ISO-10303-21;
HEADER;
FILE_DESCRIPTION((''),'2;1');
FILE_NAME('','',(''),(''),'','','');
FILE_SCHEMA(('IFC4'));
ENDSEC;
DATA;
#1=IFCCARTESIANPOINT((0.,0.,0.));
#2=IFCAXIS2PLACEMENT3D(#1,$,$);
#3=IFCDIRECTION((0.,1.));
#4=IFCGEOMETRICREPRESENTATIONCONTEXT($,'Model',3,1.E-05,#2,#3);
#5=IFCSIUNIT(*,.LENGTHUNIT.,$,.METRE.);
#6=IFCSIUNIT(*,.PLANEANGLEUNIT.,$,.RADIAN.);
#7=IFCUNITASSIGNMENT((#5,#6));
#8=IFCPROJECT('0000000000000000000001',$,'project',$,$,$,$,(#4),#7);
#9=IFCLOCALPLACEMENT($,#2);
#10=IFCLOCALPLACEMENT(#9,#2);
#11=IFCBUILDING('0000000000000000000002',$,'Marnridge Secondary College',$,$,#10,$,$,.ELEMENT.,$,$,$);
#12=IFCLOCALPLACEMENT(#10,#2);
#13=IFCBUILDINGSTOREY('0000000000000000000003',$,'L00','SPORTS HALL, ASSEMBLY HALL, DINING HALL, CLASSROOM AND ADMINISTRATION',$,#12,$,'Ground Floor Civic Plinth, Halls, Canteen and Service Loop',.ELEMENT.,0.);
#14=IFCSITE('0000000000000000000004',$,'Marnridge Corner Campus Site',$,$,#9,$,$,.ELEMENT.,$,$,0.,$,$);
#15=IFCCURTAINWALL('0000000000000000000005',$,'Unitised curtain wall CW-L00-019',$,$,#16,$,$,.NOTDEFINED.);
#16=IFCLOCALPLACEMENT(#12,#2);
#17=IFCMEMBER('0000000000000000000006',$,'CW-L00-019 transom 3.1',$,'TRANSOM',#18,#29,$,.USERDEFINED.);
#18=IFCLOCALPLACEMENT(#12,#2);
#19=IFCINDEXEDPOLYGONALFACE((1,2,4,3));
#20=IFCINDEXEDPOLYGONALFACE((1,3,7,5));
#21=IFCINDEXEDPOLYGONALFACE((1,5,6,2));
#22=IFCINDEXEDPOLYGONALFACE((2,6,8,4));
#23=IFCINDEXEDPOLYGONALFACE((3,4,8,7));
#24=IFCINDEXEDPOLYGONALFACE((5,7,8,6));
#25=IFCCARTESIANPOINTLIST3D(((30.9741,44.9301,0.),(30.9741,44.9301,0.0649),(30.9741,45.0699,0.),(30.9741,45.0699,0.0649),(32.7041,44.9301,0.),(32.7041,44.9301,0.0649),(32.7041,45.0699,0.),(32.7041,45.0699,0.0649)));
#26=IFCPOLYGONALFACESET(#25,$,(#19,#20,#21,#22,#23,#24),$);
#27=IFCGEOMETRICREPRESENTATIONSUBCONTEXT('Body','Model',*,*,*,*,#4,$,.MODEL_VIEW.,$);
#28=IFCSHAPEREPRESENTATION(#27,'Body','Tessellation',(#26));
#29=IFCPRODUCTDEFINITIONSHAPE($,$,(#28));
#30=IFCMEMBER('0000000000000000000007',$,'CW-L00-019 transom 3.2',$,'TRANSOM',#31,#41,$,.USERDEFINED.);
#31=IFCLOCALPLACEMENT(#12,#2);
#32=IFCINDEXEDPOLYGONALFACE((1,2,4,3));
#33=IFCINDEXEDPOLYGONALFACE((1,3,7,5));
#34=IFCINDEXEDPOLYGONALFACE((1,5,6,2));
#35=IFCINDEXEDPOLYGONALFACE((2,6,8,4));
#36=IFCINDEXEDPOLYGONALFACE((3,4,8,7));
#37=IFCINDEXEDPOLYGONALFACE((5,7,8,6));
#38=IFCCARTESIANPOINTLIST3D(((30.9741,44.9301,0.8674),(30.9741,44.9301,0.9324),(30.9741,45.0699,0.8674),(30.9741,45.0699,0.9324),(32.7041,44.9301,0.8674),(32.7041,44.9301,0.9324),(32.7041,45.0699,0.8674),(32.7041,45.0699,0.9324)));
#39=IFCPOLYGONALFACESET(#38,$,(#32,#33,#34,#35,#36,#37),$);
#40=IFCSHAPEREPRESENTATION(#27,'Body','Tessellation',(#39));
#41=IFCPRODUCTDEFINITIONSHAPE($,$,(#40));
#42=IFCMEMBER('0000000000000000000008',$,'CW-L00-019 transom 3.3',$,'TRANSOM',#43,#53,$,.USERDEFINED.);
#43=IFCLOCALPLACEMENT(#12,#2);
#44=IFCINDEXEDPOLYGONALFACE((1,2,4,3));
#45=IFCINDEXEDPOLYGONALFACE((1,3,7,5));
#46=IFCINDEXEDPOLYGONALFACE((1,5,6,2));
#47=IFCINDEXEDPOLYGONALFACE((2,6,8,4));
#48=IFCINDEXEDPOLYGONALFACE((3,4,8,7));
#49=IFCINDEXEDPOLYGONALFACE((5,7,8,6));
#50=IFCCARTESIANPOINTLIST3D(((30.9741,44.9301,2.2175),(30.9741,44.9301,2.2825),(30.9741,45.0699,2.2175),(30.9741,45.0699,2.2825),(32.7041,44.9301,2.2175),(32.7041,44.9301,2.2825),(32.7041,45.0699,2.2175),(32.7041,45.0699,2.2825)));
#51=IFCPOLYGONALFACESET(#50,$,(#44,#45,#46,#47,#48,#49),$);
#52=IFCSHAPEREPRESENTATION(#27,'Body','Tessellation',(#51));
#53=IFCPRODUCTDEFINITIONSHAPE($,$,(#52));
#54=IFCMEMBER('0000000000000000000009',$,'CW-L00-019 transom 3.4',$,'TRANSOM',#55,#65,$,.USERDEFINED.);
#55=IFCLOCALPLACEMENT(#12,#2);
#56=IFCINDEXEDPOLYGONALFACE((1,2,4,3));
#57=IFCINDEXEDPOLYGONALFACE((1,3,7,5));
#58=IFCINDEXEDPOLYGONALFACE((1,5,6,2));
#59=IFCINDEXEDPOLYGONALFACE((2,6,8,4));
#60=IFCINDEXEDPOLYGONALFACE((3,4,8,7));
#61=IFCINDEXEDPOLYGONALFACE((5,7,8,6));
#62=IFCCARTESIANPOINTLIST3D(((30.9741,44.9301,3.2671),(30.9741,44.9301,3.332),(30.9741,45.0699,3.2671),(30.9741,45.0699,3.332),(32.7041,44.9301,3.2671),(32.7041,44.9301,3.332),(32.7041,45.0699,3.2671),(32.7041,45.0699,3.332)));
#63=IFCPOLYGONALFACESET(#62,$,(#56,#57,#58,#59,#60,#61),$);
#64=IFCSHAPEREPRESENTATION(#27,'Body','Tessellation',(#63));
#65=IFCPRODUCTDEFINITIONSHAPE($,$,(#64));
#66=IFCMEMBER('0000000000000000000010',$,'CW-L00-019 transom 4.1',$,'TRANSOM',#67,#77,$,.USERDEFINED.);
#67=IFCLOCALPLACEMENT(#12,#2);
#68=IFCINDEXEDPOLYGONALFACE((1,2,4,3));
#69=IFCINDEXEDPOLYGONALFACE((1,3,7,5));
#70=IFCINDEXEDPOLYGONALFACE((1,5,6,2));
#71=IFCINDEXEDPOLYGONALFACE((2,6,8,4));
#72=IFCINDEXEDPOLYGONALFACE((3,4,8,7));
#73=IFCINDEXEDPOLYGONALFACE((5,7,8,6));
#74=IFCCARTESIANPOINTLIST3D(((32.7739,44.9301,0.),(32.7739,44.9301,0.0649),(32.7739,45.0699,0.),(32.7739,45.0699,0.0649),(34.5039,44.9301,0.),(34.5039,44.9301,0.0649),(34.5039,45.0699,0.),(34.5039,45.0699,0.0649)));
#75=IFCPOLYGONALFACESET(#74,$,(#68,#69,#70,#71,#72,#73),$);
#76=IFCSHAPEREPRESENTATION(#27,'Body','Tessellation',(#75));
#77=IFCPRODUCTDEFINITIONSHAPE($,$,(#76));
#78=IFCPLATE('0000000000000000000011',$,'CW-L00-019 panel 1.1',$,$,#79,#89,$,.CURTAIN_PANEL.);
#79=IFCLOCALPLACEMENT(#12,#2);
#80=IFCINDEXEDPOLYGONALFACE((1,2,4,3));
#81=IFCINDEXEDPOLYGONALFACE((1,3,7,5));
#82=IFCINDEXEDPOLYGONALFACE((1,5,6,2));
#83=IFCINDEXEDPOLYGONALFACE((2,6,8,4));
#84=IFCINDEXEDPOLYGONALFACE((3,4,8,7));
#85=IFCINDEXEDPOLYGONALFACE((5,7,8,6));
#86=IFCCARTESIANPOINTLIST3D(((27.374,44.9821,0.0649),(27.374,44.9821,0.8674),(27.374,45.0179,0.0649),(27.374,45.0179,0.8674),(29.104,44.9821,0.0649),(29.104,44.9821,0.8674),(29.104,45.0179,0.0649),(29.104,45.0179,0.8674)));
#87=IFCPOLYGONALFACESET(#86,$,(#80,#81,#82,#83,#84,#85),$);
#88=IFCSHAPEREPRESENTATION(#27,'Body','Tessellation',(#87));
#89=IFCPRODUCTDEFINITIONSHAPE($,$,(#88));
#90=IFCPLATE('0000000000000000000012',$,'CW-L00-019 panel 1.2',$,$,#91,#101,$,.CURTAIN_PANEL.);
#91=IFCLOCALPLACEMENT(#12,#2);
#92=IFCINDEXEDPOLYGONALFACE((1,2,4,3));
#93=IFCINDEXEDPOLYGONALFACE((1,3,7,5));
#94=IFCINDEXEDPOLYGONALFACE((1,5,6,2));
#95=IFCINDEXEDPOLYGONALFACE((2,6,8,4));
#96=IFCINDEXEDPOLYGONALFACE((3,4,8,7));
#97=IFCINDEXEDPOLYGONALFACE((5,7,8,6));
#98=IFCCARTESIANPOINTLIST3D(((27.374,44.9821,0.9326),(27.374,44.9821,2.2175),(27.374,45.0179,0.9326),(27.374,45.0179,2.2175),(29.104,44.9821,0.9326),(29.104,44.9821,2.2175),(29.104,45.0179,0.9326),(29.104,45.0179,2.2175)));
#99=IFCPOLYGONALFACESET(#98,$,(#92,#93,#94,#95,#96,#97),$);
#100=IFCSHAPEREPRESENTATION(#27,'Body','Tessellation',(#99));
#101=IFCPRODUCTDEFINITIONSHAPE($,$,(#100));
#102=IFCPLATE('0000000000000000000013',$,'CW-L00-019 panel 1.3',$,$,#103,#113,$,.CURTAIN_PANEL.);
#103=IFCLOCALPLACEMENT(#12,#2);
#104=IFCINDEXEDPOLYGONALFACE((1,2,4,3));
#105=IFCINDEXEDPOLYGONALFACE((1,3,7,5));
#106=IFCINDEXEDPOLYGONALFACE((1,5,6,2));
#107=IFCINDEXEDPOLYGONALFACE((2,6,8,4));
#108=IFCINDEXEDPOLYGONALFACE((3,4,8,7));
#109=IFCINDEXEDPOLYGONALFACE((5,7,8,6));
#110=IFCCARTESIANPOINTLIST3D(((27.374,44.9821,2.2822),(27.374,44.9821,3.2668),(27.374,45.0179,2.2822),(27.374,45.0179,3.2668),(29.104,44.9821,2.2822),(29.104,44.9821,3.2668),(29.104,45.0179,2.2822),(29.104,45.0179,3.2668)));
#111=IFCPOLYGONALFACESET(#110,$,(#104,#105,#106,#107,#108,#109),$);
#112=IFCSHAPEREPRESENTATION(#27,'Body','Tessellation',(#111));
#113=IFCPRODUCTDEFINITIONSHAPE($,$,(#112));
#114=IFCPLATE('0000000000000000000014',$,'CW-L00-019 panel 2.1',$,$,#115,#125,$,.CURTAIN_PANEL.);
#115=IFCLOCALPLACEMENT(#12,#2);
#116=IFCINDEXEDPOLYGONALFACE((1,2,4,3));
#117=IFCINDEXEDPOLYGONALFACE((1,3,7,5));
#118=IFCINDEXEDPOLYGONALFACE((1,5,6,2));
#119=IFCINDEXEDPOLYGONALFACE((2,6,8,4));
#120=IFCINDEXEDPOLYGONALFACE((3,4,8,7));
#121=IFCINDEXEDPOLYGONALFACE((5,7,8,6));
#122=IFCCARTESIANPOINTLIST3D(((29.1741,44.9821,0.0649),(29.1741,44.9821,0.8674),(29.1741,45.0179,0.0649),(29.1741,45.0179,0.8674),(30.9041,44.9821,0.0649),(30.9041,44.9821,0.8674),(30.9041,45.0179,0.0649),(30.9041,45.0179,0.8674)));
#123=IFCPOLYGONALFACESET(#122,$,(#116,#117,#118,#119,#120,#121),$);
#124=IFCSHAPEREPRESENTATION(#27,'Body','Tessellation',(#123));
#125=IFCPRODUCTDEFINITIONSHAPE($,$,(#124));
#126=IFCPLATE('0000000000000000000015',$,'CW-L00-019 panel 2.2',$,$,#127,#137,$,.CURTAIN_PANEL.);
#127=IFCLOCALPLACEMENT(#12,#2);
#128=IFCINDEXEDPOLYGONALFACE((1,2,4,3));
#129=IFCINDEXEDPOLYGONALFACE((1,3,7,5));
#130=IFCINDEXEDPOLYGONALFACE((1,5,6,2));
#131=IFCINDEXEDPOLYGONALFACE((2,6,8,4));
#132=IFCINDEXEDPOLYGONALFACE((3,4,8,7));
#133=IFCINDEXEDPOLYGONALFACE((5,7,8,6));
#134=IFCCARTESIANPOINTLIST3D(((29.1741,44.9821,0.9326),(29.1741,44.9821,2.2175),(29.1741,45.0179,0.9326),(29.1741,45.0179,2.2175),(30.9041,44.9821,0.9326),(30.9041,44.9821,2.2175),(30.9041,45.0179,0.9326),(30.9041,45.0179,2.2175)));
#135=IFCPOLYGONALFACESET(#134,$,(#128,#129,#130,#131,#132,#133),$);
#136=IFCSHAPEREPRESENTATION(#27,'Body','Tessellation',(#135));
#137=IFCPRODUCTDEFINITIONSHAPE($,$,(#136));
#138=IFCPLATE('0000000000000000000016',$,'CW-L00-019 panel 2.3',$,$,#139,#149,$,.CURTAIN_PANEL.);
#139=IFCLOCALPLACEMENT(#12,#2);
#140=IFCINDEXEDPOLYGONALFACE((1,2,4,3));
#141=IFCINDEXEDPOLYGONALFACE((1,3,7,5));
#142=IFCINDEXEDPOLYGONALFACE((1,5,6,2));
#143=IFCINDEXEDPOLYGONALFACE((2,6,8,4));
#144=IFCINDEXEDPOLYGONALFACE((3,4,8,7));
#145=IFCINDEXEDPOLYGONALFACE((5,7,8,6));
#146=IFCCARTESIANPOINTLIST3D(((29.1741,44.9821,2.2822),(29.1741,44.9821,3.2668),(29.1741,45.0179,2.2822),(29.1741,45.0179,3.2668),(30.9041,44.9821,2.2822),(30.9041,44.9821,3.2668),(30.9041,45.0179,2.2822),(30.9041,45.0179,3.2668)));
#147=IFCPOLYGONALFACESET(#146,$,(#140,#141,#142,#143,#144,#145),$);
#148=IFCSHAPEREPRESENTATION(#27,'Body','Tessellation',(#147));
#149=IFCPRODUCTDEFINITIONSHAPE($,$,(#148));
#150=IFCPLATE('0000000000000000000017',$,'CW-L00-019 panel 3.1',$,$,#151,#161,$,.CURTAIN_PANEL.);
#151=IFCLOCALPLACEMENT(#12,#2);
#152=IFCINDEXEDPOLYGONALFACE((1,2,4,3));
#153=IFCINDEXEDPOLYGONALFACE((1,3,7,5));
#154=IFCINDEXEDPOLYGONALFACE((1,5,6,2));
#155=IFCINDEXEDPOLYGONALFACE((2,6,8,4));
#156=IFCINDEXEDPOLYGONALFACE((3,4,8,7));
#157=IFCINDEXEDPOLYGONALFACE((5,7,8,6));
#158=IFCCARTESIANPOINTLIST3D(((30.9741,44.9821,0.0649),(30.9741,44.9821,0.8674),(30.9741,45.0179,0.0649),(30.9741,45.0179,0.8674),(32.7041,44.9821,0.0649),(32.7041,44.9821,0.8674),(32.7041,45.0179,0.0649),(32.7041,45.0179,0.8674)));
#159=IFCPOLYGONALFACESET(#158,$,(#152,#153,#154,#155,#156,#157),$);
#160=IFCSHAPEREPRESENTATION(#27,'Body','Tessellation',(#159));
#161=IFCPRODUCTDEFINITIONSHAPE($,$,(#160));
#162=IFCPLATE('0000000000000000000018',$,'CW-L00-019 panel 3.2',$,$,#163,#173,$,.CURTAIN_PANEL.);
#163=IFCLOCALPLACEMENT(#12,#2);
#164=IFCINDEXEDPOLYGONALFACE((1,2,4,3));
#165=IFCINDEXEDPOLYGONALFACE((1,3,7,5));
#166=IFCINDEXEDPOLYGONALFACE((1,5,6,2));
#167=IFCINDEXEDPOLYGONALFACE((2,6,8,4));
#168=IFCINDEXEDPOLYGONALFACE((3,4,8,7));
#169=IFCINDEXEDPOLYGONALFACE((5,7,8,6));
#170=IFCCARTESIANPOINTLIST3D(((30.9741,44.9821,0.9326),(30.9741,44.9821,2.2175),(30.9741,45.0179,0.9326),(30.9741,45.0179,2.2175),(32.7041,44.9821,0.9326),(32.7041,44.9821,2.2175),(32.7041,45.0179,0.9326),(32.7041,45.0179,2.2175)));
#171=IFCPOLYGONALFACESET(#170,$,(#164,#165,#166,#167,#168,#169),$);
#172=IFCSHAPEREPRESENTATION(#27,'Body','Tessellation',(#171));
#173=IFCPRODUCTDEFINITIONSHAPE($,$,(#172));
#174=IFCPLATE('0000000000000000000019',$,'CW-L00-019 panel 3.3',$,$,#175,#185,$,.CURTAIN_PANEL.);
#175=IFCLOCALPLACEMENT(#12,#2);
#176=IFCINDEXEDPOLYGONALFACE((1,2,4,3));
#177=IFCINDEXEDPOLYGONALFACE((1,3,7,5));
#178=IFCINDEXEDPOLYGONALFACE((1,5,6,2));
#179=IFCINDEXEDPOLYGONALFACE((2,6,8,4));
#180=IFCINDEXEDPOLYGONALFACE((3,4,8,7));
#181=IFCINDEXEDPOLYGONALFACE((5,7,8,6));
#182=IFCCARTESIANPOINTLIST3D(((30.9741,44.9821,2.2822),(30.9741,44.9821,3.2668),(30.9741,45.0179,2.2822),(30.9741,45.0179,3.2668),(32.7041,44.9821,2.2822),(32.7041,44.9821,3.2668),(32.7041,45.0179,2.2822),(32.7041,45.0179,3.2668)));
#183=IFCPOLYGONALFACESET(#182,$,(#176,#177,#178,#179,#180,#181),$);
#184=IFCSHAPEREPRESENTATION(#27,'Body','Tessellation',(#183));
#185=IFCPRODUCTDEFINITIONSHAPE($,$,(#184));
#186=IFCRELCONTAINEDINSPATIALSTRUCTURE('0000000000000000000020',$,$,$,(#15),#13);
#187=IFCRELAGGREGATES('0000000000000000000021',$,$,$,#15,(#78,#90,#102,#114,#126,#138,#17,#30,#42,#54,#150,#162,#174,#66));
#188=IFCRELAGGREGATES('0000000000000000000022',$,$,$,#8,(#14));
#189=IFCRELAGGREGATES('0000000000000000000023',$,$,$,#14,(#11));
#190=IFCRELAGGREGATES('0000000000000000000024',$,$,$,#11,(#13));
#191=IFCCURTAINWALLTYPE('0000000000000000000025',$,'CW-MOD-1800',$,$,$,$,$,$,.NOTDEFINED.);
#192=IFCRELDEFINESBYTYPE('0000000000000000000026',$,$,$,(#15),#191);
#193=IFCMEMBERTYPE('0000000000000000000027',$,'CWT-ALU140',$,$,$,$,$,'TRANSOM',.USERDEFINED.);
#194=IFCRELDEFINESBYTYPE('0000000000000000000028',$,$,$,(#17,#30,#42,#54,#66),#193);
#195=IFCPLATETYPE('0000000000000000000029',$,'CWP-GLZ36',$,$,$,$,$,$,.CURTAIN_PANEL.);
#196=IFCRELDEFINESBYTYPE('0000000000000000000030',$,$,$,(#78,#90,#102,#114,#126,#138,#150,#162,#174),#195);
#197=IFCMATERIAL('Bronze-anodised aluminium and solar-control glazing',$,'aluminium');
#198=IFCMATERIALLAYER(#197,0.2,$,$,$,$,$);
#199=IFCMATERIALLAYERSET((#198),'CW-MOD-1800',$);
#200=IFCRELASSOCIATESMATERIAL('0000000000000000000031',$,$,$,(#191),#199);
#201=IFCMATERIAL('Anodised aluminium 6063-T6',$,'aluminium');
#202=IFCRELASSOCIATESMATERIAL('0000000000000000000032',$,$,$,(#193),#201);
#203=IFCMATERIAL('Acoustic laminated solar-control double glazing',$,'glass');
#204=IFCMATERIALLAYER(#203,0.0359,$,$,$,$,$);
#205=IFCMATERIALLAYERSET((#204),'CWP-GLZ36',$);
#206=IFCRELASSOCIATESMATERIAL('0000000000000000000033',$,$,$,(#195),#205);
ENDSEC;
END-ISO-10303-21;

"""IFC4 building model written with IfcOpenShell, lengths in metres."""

from ifc_helpers import new_model, si_unit, direction, frame, origin, origin_2d, place, context, subcontext, project, spatial, rectangle, extrude, material, layer, layer_set, material_profile, profile_set, type_object, element, aggregate, save


model = new_model("IFC4")

# Units and contexts
model_context = context("Model", 3, precision=1e-05, world=origin(), true_north=direction((0.0, 1.0)))
body_context = subcontext(model_context, "Body", "Model", "MODEL_VIEW")
ifc_project = project(units=[si_unit("LENGTHUNIT", "METRE"), si_unit("PLANEANGLEUNIT", "RADIAN")], contexts=[model_context])

# Site, building, storey
site_placement = place(None, origin())
site = spatial("IfcSite", under=ifc_project, at=site_placement, Name="Marnridge Corner Campus Site", CompositionType="ELEMENT", RefElevation=0.0)
building_placement = place(site_placement, origin())
building = spatial("IfcBuilding", under=site, at=building_placement, Name="Marnridge Secondary College", CompositionType="ELEMENT")
storey_placement = place(building_placement, origin())
storey = spatial("IfcBuildingStorey", under=building, at=storey_placement, Name="L00", Description="SPORTS HALL, ASSEMBLY HALL, DINING HALL, CLASSROOM AND ADMINISTRATION", LongName="Ground Floor Civic Plinth, Halls, Canteen and Service Loop", CompositionType="ELEMENT", Elevation=0.0)

# Curtain wall, members, plates
ifc_material_1 = material(Name="Bronze-anodised aluminium and solar-control glazing", Category="aluminium")
ifc_layer_1 = layer(ifc_material_1, 0.2)
ifc_layer_set_1 = layer_set([ifc_layer_1], Name="CW-MOD-1800")
curtain_wall_type = type_object("IfcCurtainWallType", Name="CW-MOD-1800", PredefinedType="NOTDEFINED", material=ifc_layer_set_1)
curtain_wall_placement = place(storey_placement, origin())
curtain_wall = element("IfcCurtainWall", 1, at=curtain_wall_placement, inside=storey, type_object=curtain_wall_type, Name="Unitised curtain wall CW-L00-019", PredefinedType="NOTDEFINED")
ifc_material_2 = material(Name="Anodised aluminium 6063-T6", Category="aluminium")
ifc_material_profile_1 = material_profile(ifc_material_2, rectangle(XDim=0.0649, YDim=0.1399, at=origin_2d()), Name="ALU 65x140")
ifc_profile_set_1 = profile_set([ifc_material_profile_1], Name="Anodised aluminium 6063-T6")
member_type_1 = type_object("IfcMemberType", Name="CWT-ALU140", ElementType="TRANSOM", PredefinedType="USERDEFINED", material=ifc_profile_set_1)
member_1_placement = place(storey_placement, frame((30.9741, 45.0, 0.0325), z_axis=(1.0, 0.0, 0.0), x_axis=(0.0, 0.0, 1.0)))
member_1 = element("IfcMember", 2, at=member_1_placement, type_object=member_type_1, Name="CW-L00-019 transom 3.1", ObjectType="TRANSOM", PredefinedType="USERDEFINED", context=body_context, shape_type="SweptSolid", body=[
    extrude(rectangle(XDim=0.0649, YDim=0.1399, at=origin_2d()), origin(), (0.0, 0.0, 1.0), 1.73),
])
member_2_placement = place(storey_placement, frame((30.9741, 45.0, 0.8999), z_axis=(1.0, 0.0, 0.0), x_axis=(0.0, 0.0, 1.0)))
member_2 = element("IfcMember", 3, at=member_2_placement, type_object=member_type_1, Name="CW-L00-019 transom 3.2", ObjectType="TRANSOM", PredefinedType="USERDEFINED", context=body_context, shape_type="SweptSolid", body=[
    extrude(rectangle(XDim=0.0649, YDim=0.1399, at=origin_2d()), origin(), (0.0, 0.0, 1.0), 1.73),
])
member_3_placement = place(storey_placement, frame((30.9741, 45.0, 2.25), z_axis=(1.0, 0.0, 0.0), x_axis=(0.0, 0.0, 1.0)))
member_3 = element("IfcMember", 4, at=member_3_placement, type_object=member_type_1, Name="CW-L00-019 transom 3.3", ObjectType="TRANSOM", PredefinedType="USERDEFINED", context=body_context, shape_type="SweptSolid", body=[
    extrude(rectangle(XDim=0.0649, YDim=0.1399, at=origin_2d()), origin(), (0.0, 0.0, 1.0), 1.73),
])
member_4_placement = place(storey_placement, frame((30.9741, 45.0, 3.2996), z_axis=(1.0, 0.0, 0.0), x_axis=(0.0, 0.0, 1.0)))
member_4 = element("IfcMember", 5, at=member_4_placement, type_object=member_type_1, Name="CW-L00-019 transom 3.4", ObjectType="TRANSOM", PredefinedType="USERDEFINED", context=body_context, shape_type="SweptSolid", body=[
    extrude(rectangle(XDim=0.0649, YDim=0.1399, at=origin_2d()), origin(), (0.0, 0.0, 1.0), 1.73),
])
member_5_placement = place(storey_placement, frame((32.7739, 45.0, 0.0325), z_axis=(1.0, 0.0, 0.0), x_axis=(0.0, 0.0, 1.0)))
member_5 = element("IfcMember", 6, at=member_5_placement, type_object=member_type_1, Name="CW-L00-019 transom 4.1", ObjectType="TRANSOM", PredefinedType="USERDEFINED", context=body_context, shape_type="SweptSolid", body=[
    extrude(rectangle(XDim=0.0649, YDim=0.1399, at=origin_2d()), origin(), (0.0, 0.0, 1.0), 1.73),
])
ifc_material_3 = material(Name="Acoustic laminated solar-control double glazing", Category="glass")
ifc_layer_2 = layer(ifc_material_3, 0.0359)
ifc_layer_set_2 = layer_set([ifc_layer_2], Name="CWP-GLZ36")
plate_type = type_object("IfcPlateType", Name="CWP-GLZ36", PredefinedType="CURTAIN_PANEL", material=ifc_layer_set_2)
plate_1_placement = place(storey_placement, frame((28.239, 45.0, 0.0649), z_axis=(0.0, 0.0, 1.0), x_axis=(1.0, 0.0, 0.0)))
plate_1 = element("IfcPlate", 7, at=plate_1_placement, type_object=plate_type, Name="CW-L00-019 panel 1.1", PredefinedType="CURTAIN_PANEL", context=body_context, shape_type="SweptSolid", body=[
    extrude(rectangle(XDim=1.73, YDim=0.0359, at=origin_2d()), origin(), (0.0, 0.0, 1.0), 0.8025),
])
plate_2_placement = place(storey_placement, frame((28.239, 45.0, 0.9326), z_axis=(0.0, 0.0, 1.0), x_axis=(1.0, 0.0, 0.0)))
plate_2 = element("IfcPlate", 8, at=plate_2_placement, type_object=plate_type, Name="CW-L00-019 panel 1.2", PredefinedType="CURTAIN_PANEL", context=body_context, shape_type="SweptSolid", body=[
    extrude(rectangle(XDim=1.73, YDim=0.0359, at=origin_2d()), origin(), (0.0, 0.0, 1.0), 1.2849),
])
plate_3_placement = place(storey_placement, frame((28.239, 45.0, 2.2822), z_axis=(0.0, 0.0, 1.0), x_axis=(1.0, 0.0, 0.0)))
plate_3 = element("IfcPlate", 9, at=plate_3_placement, type_object=plate_type, Name="CW-L00-019 panel 1.3", PredefinedType="CURTAIN_PANEL", context=body_context, shape_type="SweptSolid", body=[
    extrude(rectangle(XDim=1.73, YDim=0.0359, at=origin_2d()), origin(), (0.0, 0.0, 1.0), 0.9846),
])
plate_4_placement = place(storey_placement, frame((30.0391, 45.0, 0.0649), z_axis=(0.0, 0.0, 1.0), x_axis=(1.0, 0.0, 0.0)))
plate_4 = element("IfcPlate", 10, at=plate_4_placement, type_object=plate_type, Name="CW-L00-019 panel 2.1", PredefinedType="CURTAIN_PANEL", context=body_context, shape_type="SweptSolid", body=[
    extrude(rectangle(XDim=1.73, YDim=0.0359, at=origin_2d()), origin(), (0.0, 0.0, 1.0), 0.8025),
])
plate_5_placement = place(storey_placement, frame((30.0391, 45.0, 0.9326), z_axis=(0.0, 0.0, 1.0), x_axis=(1.0, 0.0, 0.0)))
plate_5 = element("IfcPlate", 11, at=plate_5_placement, type_object=plate_type, Name="CW-L00-019 panel 2.2", PredefinedType="CURTAIN_PANEL", context=body_context, shape_type="SweptSolid", body=[
    extrude(rectangle(XDim=1.73, YDim=0.0359, at=origin_2d()), origin(), (0.0, 0.0, 1.0), 1.2849),
])
plate_6_placement = place(storey_placement, frame((30.0391, 45.0, 2.2822), z_axis=(0.0, 0.0, 1.0), x_axis=(1.0, 0.0, 0.0)))
plate_6 = element("IfcPlate", 12, at=plate_6_placement, type_object=plate_type, Name="CW-L00-019 panel 2.3", PredefinedType="CURTAIN_PANEL", context=body_context, shape_type="SweptSolid", body=[
    extrude(rectangle(XDim=1.73, YDim=0.0359, at=origin_2d()), origin(), (0.0, 0.0, 1.0), 0.9846),
])
plate_7_placement = place(storey_placement, frame((31.8391, 45.0, 0.0649), z_axis=(0.0, 0.0, 1.0), x_axis=(1.0, 0.0, 0.0)))
plate_7 = element("IfcPlate", 13, at=plate_7_placement, type_object=plate_type, Name="CW-L00-019 panel 3.1", PredefinedType="CURTAIN_PANEL", context=body_context, shape_type="SweptSolid", body=[
    extrude(rectangle(XDim=1.73, YDim=0.0359, at=origin_2d()), origin(), (0.0, 0.0, 1.0), 0.8025),
])
plate_8_placement = place(storey_placement, frame((31.8391, 45.0, 0.9326), z_axis=(0.0, 0.0, 1.0), x_axis=(1.0, 0.0, 0.0)))
plate_8 = element("IfcPlate", 14, at=plate_8_placement, type_object=plate_type, Name="CW-L00-019 panel 3.2", PredefinedType="CURTAIN_PANEL", context=body_context, shape_type="SweptSolid", body=[
    extrude(rectangle(XDim=1.73, YDim=0.0359, at=origin_2d()), origin(), (0.0, 0.0, 1.0), 1.2849),
])
plate_9_placement = place(storey_placement, frame((31.8391, 45.0, 2.2822), z_axis=(0.0, 0.0, 1.0), x_axis=(1.0, 0.0, 0.0)))
plate_9 = element("IfcPlate", 15, at=plate_9_placement, type_object=plate_type, Name="CW-L00-019 panel 3.3", PredefinedType="CURTAIN_PANEL", context=body_context, shape_type="SweptSolid", body=[
    extrude(rectangle(XDim=1.73, YDim=0.0359, at=origin_2d()), origin(), (0.0, 0.0, 1.0), 0.9846),
])
aggregate(curtain_wall, [plate_1, plate_2, plate_3, plate_4, plate_5, plate_6, member_1, member_2, member_3, member_4, plate_7, plate_8, plate_9, member_5])

save(model, "model.ifc")
